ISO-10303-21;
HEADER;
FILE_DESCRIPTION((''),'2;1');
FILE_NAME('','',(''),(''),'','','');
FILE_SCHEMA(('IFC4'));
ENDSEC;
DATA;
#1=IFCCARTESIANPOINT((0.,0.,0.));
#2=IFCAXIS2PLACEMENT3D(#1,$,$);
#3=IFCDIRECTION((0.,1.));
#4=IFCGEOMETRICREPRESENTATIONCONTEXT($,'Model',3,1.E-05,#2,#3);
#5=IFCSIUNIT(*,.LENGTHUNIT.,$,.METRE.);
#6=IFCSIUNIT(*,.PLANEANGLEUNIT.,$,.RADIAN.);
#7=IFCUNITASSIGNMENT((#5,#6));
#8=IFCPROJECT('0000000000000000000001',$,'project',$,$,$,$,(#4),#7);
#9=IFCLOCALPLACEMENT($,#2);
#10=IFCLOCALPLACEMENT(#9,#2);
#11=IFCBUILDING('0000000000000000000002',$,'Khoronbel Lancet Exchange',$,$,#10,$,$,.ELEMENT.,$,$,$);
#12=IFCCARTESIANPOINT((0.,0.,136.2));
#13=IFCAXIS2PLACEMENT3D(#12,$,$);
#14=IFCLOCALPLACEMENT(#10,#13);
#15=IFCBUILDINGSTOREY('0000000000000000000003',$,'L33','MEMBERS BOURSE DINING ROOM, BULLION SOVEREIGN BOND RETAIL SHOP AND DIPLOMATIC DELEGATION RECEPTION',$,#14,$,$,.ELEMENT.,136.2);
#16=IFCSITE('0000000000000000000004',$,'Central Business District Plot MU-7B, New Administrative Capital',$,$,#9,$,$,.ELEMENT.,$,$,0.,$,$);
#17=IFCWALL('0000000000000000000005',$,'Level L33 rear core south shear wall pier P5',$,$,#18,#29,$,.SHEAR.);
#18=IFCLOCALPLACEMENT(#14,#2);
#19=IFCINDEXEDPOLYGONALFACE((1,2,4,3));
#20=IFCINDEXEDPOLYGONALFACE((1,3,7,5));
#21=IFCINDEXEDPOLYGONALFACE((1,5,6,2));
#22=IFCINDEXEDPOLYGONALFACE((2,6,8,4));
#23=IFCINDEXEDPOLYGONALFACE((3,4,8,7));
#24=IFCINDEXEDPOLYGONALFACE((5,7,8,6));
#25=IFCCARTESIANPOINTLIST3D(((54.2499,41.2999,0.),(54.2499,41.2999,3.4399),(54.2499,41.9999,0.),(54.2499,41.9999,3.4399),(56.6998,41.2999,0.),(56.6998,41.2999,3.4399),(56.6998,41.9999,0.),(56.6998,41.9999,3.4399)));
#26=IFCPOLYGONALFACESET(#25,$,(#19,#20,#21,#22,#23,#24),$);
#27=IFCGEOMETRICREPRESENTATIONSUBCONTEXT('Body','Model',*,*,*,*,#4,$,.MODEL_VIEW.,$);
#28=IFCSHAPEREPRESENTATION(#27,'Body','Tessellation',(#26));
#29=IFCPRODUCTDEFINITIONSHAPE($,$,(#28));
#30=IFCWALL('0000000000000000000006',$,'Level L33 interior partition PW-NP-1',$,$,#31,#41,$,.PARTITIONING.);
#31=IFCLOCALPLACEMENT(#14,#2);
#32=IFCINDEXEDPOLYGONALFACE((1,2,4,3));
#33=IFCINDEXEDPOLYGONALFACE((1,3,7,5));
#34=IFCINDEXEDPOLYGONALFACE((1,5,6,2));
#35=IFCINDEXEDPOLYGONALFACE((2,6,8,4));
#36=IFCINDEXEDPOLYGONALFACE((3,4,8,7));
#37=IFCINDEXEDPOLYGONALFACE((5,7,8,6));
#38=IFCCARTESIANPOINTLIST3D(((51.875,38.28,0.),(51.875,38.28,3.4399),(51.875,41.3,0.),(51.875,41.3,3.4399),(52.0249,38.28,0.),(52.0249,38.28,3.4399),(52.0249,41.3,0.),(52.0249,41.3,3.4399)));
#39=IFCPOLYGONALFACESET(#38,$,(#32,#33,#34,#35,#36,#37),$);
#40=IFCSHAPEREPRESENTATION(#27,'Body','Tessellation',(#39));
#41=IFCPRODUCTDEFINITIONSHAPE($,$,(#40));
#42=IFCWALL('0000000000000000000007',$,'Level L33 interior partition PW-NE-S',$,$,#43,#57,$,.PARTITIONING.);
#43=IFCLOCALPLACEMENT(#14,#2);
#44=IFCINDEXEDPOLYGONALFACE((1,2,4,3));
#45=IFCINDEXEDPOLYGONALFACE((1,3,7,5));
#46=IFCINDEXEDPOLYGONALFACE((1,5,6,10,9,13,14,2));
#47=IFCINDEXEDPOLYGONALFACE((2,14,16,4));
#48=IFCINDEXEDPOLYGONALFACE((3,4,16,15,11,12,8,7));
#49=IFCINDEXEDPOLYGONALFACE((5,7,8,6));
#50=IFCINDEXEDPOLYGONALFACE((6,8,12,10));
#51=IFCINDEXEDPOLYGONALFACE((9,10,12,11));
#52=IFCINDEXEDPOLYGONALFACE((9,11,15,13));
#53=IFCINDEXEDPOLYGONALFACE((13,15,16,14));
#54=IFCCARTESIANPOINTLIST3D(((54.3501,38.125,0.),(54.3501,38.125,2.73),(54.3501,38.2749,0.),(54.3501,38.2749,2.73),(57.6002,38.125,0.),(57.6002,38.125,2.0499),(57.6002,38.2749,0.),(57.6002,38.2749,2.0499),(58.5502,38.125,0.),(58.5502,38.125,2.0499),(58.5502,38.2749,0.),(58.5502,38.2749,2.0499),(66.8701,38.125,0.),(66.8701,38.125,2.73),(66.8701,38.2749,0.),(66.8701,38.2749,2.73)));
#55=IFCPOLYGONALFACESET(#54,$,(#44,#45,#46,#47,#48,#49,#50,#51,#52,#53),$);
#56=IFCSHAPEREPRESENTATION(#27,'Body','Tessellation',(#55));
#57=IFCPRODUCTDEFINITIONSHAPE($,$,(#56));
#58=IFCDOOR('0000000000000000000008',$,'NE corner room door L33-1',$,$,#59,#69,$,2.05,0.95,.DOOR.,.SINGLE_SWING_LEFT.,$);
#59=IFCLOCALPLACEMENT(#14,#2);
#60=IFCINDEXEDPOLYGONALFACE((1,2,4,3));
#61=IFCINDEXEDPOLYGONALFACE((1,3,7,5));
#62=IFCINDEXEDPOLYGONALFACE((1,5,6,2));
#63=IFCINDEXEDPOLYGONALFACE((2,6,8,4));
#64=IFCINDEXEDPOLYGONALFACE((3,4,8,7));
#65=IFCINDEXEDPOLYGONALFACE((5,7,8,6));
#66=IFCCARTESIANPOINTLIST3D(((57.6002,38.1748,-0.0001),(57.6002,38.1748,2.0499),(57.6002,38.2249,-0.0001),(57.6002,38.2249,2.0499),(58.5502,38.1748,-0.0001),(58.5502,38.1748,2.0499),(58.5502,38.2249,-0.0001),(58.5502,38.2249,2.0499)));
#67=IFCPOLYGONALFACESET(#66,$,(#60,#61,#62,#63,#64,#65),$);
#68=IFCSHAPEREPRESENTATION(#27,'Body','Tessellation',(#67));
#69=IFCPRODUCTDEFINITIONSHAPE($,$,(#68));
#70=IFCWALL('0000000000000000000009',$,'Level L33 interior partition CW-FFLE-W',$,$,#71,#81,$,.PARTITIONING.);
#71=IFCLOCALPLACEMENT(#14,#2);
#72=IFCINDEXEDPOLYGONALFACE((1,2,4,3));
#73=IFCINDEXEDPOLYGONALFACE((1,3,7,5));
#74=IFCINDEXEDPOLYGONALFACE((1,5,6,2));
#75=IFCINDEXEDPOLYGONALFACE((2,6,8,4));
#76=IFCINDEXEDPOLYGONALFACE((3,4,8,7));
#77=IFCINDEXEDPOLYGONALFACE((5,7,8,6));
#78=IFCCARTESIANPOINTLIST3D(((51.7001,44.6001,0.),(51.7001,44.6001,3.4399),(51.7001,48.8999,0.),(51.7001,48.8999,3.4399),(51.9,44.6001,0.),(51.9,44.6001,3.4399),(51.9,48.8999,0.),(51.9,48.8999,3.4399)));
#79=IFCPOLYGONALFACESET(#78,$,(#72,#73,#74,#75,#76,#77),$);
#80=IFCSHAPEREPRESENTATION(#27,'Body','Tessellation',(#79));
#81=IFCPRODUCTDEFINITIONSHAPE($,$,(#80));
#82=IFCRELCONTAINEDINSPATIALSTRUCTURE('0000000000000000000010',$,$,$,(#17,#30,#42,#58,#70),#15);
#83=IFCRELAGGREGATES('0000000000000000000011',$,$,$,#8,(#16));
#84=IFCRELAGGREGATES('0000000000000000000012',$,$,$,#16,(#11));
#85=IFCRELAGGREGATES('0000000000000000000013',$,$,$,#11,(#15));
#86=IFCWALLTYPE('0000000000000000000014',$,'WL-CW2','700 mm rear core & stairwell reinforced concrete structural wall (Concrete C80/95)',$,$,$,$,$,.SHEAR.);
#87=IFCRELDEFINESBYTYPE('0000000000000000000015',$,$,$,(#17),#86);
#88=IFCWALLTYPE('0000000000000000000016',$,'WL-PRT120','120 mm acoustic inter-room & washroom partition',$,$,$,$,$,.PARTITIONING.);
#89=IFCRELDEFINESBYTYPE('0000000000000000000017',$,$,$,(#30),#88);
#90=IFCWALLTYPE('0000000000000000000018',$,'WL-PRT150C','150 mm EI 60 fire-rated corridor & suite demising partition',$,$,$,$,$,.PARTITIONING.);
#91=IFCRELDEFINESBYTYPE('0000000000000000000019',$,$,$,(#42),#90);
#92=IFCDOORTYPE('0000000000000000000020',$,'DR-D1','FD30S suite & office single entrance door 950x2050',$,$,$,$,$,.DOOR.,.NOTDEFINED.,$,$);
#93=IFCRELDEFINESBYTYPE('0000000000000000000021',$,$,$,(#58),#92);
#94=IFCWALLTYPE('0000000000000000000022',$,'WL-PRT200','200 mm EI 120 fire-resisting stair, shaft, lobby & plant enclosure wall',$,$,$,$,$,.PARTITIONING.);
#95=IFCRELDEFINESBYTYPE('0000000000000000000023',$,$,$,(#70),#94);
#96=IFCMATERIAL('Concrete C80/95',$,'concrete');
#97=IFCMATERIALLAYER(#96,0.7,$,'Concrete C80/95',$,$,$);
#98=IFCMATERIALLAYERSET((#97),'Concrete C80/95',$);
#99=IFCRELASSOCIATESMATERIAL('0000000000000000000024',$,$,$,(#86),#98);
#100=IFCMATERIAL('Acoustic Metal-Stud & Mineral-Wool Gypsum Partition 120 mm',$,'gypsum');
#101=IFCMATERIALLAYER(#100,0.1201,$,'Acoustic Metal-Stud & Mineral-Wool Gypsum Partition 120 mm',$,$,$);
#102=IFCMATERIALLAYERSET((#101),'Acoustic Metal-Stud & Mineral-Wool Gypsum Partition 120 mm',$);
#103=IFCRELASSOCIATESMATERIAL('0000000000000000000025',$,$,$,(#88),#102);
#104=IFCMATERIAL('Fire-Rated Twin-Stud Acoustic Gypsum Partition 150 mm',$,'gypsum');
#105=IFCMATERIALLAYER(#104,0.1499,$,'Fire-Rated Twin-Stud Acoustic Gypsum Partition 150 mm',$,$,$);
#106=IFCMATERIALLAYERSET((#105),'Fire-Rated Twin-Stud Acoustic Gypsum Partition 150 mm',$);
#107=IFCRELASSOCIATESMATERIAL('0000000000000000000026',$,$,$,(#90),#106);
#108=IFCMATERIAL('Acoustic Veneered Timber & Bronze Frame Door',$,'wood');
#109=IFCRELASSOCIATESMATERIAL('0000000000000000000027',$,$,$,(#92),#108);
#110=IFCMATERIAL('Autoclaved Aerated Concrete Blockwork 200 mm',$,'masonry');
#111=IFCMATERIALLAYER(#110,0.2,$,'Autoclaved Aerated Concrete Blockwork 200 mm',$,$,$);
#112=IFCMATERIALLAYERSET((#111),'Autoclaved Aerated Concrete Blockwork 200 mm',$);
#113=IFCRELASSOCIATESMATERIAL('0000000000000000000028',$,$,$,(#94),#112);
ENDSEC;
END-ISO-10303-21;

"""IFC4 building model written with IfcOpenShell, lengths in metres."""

from ifc_helpers import new_model, si_unit, direction, frame, frame_2d, origin, place, context, subcontext, project, spatial, rectangle, extrude, material, layer, layer_set, type_object, element, fill, save


model = new_model("IFC4")

# Units and contexts
model_context = context("Model", 3, precision=1e-05, world=origin(), true_north=direction((0.0, 1.0)))
body_context = subcontext(model_context, "Body", "Model", "MODEL_VIEW")
ifc_project = project(units=[si_unit("LENGTHUNIT", "METRE"), si_unit("PLANEANGLEUNIT", "RADIAN")], contexts=[model_context])

# Site, building, storey
site_placement = place(None, origin())
site = spatial("IfcSite", under=ifc_project, at=site_placement, Name="Central Business District Plot MU-7B, New Administrative Capital", CompositionType="ELEMENT", RefElevation=0.0)
building_placement = place(site_placement, origin())
building = spatial("IfcBuilding", under=site, at=building_placement, Name="Khoronbel Lancet Exchange", CompositionType="ELEMENT")
storey_placement = place(building_placement, frame((0.0, 0.0, 136.2)))
storey = spatial("IfcBuildingStorey", under=building, at=storey_placement, Name="L33", Description="MEMBERS BOURSE DINING ROOM, BULLION SOVEREIGN BOND RETAIL SHOP AND DIPLOMATIC DELEGATION RECEPTION", CompositionType="ELEMENT", Elevation=136.2)

# Shared definitions
ifc_material_1 = material(Name="Concrete C80/95", Category="concrete")

# Walls
ifc_layer_1 = layer(ifc_material_1, 0.7, Name="Concrete C80/95")
ifc_layer_set_1 = layer_set([ifc_layer_1], Name="Concrete C80/95")
wall_type_1 = type_object("IfcWallType", Name="WL-CW2", Description="700 mm rear core & stairwell reinforced concrete structural wall (Concrete C80/95)", PredefinedType="SHEAR", material=ifc_layer_set_1)
wall_1_placement = place(storey_placement, frame((56.7, 41.6499, 0.0), z_axis=(0.0, 0.0, 1.0), x_axis=(-1.0, 0.0, 0.0)))
element("IfcWall", 1, at=wall_1_placement, inside=storey, type_object=wall_type_1, Name="Level L33 rear core south shear wall pier P5", PredefinedType="SHEAR", context=body_context, shape_type="SweptSolid", body=[
    extrude(rectangle(XDim=2.45, YDim=0.7, at=frame_2d((1.2251, 0.0))), origin(), (0.0, 0.0, 1.0), 3.4399),
])
ifc_material_2 = material(Name="Acoustic Metal-Stud & Mineral-Wool Gypsum Partition 120 mm", Category="gypsum")
ifc_layer_2 = layer(ifc_material_2, 0.1201, Name="Acoustic Metal-Stud & Mineral-Wool Gypsum Partition 120 mm")
ifc_layer_set_2 = layer_set([ifc_layer_2], Name="Acoustic Metal-Stud & Mineral-Wool Gypsum Partition 120 mm")
wall_type_2 = type_object("IfcWallType", Name="WL-PRT120", Description="120 mm acoustic inter-room & washroom partition", PredefinedType="PARTITIONING", material=ifc_layer_set_2)
wall_2_placement = place(storey_placement, frame((51.95, 38.28, 0.0), z_axis=(0.0, 0.0, 1.0), x_axis=(0.0, 1.0, 0.0)))
element("IfcWall", 2, at=wall_2_placement, inside=storey, type_object=wall_type_2, Name="Level L33 interior partition PW-NP-1", PredefinedType="PARTITIONING", context=body_context, shape_type="SweptSolid", body=[
    extrude(rectangle(XDim=3.02, YDim=0.1499, at=frame_2d((1.51, 0.0))), origin(), (0.0, 0.0, 1.0), 3.4399),
])

# Wall, opening, door
ifc_material_3 = material(Name="Fire-Rated Twin-Stud Acoustic Gypsum Partition 150 mm", Category="gypsum")
ifc_layer_3 = layer(ifc_material_3, 0.1499, Name="Fire-Rated Twin-Stud Acoustic Gypsum Partition 150 mm")
ifc_layer_set_3 = layer_set([ifc_layer_3], Name="Fire-Rated Twin-Stud Acoustic Gypsum Partition 150 mm")
wall_type_3 = type_object("IfcWallType", Name="WL-PRT150C", Description="150 mm EI 60 fire-rated corridor & suite demising partition", PredefinedType="PARTITIONING", material=ifc_layer_set_3)
wall_3_placement = place(storey_placement, frame((54.3501, 38.2, 0.0), z_axis=(0.0, 0.0, 1.0), x_axis=(1.0, 0.0, 0.0)))
wall_3 = element("IfcWall", 3, at=wall_3_placement, inside=storey, type_object=wall_type_3, Name="Level L33 interior partition PW-NE-S", PredefinedType="PARTITIONING", context=body_context, shape_type="SweptSolid", body=[
    extrude(rectangle(XDim=12.52, YDim=0.1499, at=frame_2d((6.26, 0.0))), origin(), (0.0, 0.0, 1.0), 2.73),
])
opening_1_placement = place(wall_3_placement, frame((3.25, 0.0, 0.0)))
opening_1 = element("IfcOpeningElement", 4, at=opening_1_placement, cuts=wall_3, PredefinedType="OPENING", context=body_context, shape_type="SweptSolid", body=[
    extrude(rectangle(XDim=0.95, YDim=2.05, at=frame_2d((0.4751, 1.0249))), frame((0.0, 0.085, 0.0), z_axis=(0.0, -1.0, 0.0), x_axis=(1.0, 0.0, 0.0)), (0.0, 0.0, 1.0), 0.1699),
])
ifc_material_4 = material(Name="Acoustic Veneered Timber & Bronze Frame Door", Category="wood")
door_type_1 = type_object("IfcDoorType", Name="DR-D1", Description="FD30S suite & office single entrance door 950x2050", OperationType="NOTDEFINED", PredefinedType="DOOR", material=ifc_material_4)
door_1_placement = place(opening_1_placement, origin())
door_1 = element("IfcDoor", 5, at=door_1_placement, inside=storey, type_object=door_type_1, Name="NE corner room door L33-1", OperationType="SINGLE_SWING_LEFT", OverallHeight=2.05, OverallWidth=0.95, PredefinedType="DOOR", context=body_context, shape_type="SweptSolid", body=[
    extrude(rectangle(XDim=0.95, YDim=2.05, at=frame_2d((0.4751, 1.0249))), frame((0.0, 0.0249, 0.0), z_axis=(0.0, -1.0, 0.0), x_axis=(1.0, 0.0, 0.0)), (0.0, 0.0, 1.0), 0.05),
])
fill(opening_1, door_1)

# Wall
ifc_material_5 = material(Name="Autoclaved Aerated Concrete Blockwork 200 mm", Category="masonry")
ifc_layer_4 = layer(ifc_material_5, 0.2, Name="Autoclaved Aerated Concrete Blockwork 200 mm")
ifc_layer_set_4 = layer_set([ifc_layer_4], Name="Autoclaved Aerated Concrete Blockwork 200 mm")
wall_type_4 = type_object("IfcWallType", Name="WL-PRT200", Description="200 mm EI 120 fire-resisting stair, shaft, lobby & plant enclosure wall", PredefinedType="PARTITIONING", material=ifc_layer_set_4)
wall_4_placement = place(storey_placement, frame((51.8, 44.6001, 0.0), z_axis=(0.0, 0.0, 1.0), x_axis=(0.0, 1.0, 0.0)))
element("IfcWall", 6, at=wall_4_placement, inside=storey, type_object=wall_type_4, Name="Level L33 interior partition CW-FFLE-W", PredefinedType="PARTITIONING", context=body_context, shape_type="SweptSolid", body=[
    extrude(rectangle(XDim=4.2998, YDim=0.2, at=frame_2d((2.1499, 0.0))), origin(), (0.0, 0.0, 1.0), 3.4399),
])

save(model, "model.ifc")
